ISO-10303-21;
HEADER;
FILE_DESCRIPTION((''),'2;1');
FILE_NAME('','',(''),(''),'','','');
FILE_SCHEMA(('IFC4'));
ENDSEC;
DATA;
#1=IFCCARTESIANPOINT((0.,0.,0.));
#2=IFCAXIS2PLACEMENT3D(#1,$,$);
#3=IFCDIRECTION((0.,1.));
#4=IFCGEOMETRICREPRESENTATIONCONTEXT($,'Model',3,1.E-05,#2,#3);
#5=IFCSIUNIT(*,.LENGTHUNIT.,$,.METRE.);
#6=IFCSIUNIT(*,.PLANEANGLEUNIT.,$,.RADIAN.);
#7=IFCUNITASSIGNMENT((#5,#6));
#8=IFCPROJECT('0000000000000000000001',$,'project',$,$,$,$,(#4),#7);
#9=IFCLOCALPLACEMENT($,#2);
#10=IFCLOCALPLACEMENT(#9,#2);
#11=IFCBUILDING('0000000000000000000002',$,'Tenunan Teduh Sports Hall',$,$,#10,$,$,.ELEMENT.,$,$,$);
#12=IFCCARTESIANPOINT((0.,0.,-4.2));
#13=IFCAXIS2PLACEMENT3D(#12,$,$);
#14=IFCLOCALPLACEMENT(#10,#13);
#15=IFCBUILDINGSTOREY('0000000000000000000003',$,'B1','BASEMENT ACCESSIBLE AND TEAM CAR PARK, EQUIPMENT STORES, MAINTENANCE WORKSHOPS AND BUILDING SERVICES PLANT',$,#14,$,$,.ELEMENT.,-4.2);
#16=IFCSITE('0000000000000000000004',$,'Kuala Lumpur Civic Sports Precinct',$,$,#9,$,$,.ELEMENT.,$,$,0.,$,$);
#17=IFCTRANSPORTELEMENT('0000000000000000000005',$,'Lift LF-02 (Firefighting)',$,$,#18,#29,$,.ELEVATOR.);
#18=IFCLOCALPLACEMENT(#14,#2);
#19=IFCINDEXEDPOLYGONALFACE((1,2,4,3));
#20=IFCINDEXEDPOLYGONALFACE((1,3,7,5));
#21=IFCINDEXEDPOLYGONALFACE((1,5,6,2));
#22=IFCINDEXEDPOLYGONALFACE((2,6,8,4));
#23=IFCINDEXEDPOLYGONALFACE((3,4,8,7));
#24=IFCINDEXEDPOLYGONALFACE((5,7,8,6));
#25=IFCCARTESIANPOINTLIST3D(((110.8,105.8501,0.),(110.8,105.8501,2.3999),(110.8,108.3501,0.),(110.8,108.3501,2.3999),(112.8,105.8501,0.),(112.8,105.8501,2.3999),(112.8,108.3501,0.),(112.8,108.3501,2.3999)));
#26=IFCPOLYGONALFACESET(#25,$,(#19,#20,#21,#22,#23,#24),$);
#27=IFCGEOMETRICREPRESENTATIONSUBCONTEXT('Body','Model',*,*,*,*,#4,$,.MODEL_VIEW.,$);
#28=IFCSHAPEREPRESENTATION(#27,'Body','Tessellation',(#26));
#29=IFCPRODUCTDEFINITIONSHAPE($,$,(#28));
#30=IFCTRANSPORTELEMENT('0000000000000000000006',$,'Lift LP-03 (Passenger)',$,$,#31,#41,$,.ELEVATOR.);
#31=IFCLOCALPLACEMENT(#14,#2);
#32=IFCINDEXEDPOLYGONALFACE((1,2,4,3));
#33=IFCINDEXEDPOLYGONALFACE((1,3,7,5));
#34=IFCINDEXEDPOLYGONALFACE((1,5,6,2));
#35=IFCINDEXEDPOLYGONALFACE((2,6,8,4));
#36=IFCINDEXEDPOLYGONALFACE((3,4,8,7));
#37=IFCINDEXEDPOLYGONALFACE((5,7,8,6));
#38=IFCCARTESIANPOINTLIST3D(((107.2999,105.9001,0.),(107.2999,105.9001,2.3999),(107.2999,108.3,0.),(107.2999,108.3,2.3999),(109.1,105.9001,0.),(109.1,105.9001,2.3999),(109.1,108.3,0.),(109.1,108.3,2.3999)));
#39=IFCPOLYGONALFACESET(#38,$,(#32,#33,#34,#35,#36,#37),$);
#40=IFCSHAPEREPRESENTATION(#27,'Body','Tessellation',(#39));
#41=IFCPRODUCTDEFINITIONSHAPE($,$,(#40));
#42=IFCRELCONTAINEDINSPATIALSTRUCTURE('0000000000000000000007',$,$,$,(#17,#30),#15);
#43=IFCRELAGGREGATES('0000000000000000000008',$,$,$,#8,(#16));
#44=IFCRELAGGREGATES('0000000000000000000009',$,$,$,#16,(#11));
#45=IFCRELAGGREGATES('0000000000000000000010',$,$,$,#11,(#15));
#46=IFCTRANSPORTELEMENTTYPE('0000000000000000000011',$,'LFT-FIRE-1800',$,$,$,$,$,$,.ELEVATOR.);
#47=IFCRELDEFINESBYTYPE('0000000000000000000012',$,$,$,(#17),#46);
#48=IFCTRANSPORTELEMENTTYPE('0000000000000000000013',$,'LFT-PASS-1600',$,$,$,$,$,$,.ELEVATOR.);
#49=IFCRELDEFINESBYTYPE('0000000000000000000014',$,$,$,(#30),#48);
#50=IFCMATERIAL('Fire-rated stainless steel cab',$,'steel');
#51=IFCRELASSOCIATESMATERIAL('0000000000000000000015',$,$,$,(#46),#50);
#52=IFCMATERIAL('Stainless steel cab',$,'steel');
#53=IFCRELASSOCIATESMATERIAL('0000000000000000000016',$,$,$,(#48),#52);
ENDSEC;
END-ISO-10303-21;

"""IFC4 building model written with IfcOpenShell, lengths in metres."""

from ifc_helpers import new_model, si_unit, direction, frame, origin, origin_2d, place, context, subcontext, project, spatial, rectangle, extrude, material, type_object, element, save


model = new_model("IFC4")

# Units and contexts
model_context = context("Model", 3, precision=1e-05, world=origin(), true_north=direction((0.0, 1.0)))
body_context = subcontext(model_context, "Body", "Model", "MODEL_VIEW")
ifc_project = project(units=[si_unit("LENGTHUNIT", "METRE"), si_unit("PLANEANGLEUNIT", "RADIAN")], contexts=[model_context])

# Site, building, storey
site_placement = place(None, origin())
site = spatial("IfcSite", under=ifc_project, at=site_placement, Name="Kuala Lumpur Civic Sports Precinct", CompositionType="ELEMENT", RefElevation=0.0)
building_placement = place(site_placement, origin())
building = spatial("IfcBuilding", under=site, at=building_placement, Name="Tenunan Teduh Sports Hall", CompositionType="ELEMENT")
storey_placement = place(building_placement, frame((0.0, 0.0, -4.2)))
storey = spatial("IfcBuildingStorey", under=building, at=storey_placement, Name="B1", Description="BASEMENT ACCESSIBLE AND TEAM CAR PARK, EQUIPMENT STORES, MAINTENANCE WORKSHOPS AND BUILDING SERVICES PLANT", CompositionType="ELEMENT", Elevation=-4.2)

# Transport elements
ifc_material_1 = material(Name="Fire-rated stainless steel cab", Category="steel")
transport_element_type_1 = type_object("IfcTransportElementType", Name="LFT-FIRE-1800", PredefinedType="ELEVATOR", material=ifc_material_1)
transport_element_1_placement = place(storey_placement, frame((111.8, 107.1001, 0.0), z_axis=(0.0, 0.0, 1.0), x_axis=(1.0, 0.0, 0.0)))
element("IfcTransportElement", 1, at=transport_element_1_placement, inside=storey, type_object=transport_element_type_1, Name="Lift LF-02 (Firefighting)", PredefinedType="ELEVATOR", context=body_context, shape_type="SweptSolid", body=[
    extrude(rectangle(XDim=2.0, YDim=2.5, at=origin_2d()), origin(), (0.0, 0.0, 1.0), 2.3999),
])
ifc_material_2 = material(Name="Stainless steel cab", Category="steel")
transport_element_type_2 = type_object("IfcTransportElementType", Name="LFT-PASS-1600", PredefinedType="ELEVATOR", material=ifc_material_2)
transport_element_2_placement = place(storey_placement, frame((108.2, 107.1001, 0.0), z_axis=(0.0, 0.0, 1.0), x_axis=(1.0, 0.0, 0.0)))
element("IfcTransportElement", 2, at=transport_element_2_placement, inside=storey, type_object=transport_element_type_2, Name="Lift LP-03 (Passenger)", PredefinedType="ELEVATOR", context=body_context, shape_type="SweptSolid", body=[
    extrude(rectangle(XDim=1.8, YDim=2.3999, at=origin_2d()), origin(), (0.0, 0.0, 1.0), 2.3999),
])

save(model, "model.ifc")
